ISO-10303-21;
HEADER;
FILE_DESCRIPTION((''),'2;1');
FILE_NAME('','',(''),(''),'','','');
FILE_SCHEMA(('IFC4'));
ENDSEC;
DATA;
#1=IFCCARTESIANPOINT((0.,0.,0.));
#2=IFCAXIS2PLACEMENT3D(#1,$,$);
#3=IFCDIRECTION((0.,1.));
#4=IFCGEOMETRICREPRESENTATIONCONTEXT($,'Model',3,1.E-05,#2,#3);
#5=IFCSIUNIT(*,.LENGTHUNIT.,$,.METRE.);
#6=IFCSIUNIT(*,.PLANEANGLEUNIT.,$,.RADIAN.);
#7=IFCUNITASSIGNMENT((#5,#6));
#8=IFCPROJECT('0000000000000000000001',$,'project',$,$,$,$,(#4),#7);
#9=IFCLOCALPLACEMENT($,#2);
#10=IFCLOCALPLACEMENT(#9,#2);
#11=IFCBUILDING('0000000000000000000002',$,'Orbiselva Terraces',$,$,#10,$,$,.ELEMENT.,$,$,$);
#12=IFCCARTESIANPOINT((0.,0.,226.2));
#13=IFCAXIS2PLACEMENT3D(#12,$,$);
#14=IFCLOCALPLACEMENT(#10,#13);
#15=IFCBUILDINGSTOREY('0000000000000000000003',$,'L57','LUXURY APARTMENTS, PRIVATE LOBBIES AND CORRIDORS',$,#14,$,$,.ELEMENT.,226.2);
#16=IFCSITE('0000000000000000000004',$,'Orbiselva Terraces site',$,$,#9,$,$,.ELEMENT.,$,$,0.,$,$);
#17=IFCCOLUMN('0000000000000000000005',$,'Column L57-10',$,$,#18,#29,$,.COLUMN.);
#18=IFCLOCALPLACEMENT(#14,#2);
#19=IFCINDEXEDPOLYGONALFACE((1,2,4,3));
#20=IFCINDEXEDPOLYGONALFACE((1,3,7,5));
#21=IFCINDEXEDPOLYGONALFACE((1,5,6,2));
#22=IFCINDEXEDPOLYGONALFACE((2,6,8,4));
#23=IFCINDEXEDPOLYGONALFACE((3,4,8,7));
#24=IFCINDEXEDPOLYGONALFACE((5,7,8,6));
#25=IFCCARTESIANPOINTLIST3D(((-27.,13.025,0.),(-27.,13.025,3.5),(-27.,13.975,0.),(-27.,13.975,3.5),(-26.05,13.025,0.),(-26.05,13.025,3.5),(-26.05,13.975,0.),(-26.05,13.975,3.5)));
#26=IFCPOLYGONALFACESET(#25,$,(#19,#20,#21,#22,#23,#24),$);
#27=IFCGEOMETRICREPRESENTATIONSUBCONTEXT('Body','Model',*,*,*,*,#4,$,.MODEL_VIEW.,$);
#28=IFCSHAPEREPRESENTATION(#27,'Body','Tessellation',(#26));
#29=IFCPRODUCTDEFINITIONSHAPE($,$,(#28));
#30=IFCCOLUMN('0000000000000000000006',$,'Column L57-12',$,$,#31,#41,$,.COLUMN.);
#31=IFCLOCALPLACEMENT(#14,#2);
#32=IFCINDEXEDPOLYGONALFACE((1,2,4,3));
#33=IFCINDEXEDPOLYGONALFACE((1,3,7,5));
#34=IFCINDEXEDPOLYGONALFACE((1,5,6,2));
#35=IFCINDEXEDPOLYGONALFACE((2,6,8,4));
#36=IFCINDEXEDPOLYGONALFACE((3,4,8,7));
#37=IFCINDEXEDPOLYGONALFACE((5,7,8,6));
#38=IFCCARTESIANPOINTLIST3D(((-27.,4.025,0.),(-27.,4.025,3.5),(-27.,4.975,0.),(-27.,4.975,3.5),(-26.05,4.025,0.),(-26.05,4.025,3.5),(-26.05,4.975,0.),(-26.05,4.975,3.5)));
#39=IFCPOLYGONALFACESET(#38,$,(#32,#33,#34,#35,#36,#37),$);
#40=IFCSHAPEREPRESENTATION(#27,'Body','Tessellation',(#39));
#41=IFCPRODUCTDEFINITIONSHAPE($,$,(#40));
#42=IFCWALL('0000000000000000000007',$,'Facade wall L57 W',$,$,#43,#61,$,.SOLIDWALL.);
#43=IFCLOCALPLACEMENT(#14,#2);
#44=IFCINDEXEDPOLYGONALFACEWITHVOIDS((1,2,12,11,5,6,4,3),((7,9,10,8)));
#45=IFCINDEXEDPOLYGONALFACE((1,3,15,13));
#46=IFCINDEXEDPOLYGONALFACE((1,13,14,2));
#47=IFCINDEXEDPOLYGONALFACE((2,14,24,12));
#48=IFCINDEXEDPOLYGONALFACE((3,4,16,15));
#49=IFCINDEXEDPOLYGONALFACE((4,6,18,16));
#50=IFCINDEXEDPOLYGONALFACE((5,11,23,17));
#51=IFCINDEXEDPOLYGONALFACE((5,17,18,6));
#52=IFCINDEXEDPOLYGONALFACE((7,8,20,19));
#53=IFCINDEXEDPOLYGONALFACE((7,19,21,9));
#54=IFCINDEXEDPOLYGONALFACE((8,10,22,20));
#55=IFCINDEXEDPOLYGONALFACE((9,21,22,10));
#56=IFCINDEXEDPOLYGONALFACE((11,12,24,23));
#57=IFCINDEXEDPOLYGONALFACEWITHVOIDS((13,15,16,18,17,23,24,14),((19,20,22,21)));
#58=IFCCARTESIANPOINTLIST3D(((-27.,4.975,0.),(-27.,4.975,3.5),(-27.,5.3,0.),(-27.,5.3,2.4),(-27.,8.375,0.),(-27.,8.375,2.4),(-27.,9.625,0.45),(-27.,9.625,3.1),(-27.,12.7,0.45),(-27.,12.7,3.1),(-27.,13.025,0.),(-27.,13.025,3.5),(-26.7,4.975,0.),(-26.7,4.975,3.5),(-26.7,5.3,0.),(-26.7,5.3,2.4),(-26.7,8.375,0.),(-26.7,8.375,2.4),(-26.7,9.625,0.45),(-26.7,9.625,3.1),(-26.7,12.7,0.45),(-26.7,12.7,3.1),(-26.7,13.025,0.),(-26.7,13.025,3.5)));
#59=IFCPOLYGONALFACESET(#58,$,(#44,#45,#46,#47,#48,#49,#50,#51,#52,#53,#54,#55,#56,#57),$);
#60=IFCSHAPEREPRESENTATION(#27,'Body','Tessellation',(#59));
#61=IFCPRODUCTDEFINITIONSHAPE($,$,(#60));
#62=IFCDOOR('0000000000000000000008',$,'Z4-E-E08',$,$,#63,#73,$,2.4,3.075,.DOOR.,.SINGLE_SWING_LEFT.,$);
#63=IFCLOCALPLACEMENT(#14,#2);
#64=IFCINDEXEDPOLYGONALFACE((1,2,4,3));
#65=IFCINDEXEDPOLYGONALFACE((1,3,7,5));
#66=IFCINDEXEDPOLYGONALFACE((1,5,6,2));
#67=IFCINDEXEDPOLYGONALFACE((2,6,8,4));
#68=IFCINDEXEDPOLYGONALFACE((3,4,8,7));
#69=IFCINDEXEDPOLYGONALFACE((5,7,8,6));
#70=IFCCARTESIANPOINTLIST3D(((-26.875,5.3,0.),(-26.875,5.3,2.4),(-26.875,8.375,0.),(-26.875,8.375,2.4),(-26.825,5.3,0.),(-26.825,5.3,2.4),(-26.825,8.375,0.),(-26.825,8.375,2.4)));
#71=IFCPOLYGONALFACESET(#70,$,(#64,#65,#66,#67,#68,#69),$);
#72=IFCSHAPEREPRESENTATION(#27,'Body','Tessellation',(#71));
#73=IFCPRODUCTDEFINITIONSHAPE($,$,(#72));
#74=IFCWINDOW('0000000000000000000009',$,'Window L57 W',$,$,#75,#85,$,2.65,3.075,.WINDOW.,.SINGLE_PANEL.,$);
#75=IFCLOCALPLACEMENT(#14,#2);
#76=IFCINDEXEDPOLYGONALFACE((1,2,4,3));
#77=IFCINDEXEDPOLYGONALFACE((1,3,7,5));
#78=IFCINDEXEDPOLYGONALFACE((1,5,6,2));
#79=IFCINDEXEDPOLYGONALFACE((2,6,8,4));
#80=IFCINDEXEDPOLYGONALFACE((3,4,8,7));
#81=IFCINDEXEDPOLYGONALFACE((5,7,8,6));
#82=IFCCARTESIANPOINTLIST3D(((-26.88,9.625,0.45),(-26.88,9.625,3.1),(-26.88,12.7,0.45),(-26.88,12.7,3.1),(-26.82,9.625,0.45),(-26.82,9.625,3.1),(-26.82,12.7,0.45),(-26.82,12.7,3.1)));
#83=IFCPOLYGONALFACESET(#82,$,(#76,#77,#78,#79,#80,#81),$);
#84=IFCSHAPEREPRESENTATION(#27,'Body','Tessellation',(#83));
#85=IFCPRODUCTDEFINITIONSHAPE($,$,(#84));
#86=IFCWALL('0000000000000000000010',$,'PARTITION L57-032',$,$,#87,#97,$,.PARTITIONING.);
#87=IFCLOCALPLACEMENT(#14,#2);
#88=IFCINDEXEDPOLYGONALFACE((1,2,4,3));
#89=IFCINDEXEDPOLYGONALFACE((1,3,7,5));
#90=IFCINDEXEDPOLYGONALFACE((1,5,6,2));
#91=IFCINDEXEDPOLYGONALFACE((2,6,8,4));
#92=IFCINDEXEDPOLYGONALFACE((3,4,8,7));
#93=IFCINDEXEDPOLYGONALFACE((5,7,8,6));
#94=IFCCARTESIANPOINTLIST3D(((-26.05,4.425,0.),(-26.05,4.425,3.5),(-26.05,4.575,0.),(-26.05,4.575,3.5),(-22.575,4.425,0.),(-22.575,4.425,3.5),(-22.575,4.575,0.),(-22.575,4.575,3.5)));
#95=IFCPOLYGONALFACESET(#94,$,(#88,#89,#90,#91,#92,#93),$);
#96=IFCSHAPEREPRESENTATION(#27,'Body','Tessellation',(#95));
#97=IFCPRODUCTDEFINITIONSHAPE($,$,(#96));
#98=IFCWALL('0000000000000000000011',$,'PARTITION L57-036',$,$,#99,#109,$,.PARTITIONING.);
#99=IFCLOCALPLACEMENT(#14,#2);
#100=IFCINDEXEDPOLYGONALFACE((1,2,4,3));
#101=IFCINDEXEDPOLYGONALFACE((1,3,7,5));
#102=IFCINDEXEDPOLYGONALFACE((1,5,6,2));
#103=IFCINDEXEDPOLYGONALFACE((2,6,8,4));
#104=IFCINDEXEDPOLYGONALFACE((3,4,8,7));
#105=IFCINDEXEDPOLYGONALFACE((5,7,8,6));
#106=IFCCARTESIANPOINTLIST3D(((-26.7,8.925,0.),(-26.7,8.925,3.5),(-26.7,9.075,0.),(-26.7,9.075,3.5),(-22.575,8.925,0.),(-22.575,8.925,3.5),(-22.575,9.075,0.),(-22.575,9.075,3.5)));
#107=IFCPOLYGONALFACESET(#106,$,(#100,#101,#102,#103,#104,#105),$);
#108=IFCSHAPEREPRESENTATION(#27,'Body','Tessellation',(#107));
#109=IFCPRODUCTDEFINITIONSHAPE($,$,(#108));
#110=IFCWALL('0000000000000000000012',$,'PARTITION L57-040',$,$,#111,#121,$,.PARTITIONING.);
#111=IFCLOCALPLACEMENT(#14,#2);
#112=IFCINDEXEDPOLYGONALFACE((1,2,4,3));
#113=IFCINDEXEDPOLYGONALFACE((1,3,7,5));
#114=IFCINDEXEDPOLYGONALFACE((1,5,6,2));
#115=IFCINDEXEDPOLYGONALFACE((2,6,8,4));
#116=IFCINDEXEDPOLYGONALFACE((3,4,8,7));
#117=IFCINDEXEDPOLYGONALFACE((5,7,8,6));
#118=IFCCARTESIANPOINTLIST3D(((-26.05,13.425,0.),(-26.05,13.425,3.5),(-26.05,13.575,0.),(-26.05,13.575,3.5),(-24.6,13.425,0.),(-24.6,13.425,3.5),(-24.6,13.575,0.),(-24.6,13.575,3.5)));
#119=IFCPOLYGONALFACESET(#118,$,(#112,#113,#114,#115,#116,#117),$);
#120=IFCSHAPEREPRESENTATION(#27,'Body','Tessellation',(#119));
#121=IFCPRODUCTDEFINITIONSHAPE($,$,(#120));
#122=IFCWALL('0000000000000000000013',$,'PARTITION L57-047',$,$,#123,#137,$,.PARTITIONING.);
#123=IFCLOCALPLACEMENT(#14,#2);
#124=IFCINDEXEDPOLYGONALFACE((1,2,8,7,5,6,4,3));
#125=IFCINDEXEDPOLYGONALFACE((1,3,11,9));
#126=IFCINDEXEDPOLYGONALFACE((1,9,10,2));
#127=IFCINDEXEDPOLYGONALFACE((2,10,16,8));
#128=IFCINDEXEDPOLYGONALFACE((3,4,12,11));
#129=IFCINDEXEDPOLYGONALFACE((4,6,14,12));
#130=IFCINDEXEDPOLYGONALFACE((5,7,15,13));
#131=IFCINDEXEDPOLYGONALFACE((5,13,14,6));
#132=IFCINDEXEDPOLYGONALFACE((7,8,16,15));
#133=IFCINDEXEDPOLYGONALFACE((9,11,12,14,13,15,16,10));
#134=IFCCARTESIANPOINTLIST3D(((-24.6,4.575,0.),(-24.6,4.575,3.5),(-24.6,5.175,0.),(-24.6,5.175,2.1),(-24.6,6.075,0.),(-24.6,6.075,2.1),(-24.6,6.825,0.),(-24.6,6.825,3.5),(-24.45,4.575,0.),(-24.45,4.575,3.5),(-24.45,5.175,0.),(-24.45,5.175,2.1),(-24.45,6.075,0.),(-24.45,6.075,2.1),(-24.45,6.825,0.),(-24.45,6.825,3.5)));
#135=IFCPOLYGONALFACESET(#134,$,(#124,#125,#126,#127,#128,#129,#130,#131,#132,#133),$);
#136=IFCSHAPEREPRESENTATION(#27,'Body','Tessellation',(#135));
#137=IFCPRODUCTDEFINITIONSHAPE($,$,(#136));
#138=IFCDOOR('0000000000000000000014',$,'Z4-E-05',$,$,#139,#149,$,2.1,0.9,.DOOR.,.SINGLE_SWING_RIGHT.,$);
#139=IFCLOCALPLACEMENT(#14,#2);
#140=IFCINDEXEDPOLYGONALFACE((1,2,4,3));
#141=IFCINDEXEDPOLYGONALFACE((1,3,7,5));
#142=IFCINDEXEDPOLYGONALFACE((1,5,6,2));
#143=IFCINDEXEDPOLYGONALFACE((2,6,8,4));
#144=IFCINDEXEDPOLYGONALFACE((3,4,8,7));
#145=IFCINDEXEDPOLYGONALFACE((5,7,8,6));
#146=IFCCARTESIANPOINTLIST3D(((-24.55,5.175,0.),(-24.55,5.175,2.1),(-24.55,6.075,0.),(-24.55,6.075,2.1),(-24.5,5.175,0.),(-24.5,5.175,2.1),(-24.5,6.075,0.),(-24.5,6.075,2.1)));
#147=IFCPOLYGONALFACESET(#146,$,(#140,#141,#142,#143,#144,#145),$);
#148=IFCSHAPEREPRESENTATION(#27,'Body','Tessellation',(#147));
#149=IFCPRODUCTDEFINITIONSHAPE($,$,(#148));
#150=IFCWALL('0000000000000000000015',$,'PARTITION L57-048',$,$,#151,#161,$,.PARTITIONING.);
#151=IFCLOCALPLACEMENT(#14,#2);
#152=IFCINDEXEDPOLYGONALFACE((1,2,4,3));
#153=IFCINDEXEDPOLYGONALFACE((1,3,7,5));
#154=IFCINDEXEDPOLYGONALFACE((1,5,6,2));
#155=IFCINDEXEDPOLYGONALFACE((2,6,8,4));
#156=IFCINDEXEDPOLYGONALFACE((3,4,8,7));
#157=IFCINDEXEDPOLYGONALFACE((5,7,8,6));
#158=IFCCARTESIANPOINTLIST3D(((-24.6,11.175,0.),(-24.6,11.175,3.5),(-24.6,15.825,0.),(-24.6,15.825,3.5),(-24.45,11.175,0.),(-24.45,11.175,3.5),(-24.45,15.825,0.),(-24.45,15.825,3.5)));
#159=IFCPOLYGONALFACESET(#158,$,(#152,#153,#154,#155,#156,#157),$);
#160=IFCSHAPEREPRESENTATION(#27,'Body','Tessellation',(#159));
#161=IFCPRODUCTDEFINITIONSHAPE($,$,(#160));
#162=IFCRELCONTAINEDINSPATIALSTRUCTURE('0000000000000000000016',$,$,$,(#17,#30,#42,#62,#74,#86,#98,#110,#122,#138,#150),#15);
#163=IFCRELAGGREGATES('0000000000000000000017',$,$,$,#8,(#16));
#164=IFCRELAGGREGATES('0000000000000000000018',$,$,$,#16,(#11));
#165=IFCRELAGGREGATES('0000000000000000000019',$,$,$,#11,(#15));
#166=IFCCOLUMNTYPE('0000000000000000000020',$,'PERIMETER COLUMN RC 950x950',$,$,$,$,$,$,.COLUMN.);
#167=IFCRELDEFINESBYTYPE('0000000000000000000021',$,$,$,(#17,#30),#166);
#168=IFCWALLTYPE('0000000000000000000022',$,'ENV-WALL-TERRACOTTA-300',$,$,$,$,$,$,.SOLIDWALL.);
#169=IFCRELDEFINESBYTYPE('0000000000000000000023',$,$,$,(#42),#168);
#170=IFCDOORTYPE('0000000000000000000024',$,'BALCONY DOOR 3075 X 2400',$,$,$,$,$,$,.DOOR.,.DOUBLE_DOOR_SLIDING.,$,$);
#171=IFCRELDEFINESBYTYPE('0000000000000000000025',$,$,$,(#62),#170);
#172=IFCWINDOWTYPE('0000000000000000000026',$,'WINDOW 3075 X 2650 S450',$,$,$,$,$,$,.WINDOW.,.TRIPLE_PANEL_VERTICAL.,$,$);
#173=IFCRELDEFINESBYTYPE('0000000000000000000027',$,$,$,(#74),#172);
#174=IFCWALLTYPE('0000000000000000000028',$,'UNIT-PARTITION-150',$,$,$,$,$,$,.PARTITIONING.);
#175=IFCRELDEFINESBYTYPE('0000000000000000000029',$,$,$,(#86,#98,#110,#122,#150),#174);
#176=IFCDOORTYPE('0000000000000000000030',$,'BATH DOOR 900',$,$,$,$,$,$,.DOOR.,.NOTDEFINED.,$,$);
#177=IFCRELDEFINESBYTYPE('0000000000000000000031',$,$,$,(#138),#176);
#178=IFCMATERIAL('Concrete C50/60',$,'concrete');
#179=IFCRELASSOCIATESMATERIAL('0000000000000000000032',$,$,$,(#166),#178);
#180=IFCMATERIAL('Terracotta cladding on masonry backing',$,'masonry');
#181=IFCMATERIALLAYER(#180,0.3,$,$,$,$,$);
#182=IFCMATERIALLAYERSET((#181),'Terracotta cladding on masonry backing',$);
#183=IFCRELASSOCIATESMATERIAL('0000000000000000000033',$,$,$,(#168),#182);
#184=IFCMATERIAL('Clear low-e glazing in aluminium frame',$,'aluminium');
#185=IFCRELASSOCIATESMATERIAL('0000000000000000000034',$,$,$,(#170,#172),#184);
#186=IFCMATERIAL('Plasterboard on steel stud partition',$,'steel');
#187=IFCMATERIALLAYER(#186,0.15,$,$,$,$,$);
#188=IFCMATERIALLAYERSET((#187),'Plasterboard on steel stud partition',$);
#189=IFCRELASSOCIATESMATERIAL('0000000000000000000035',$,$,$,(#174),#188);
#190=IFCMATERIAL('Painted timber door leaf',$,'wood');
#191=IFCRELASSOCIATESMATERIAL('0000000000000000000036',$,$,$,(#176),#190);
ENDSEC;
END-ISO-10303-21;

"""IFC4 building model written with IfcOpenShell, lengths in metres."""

from ifc_helpers import new_model, si_unit, direction, frame, frame_2d, origin, origin_2d, place, context, subcontext, project, spatial, rectangle, extrude, material, layer, layer_set, material_profile, profile_set, type_object, element, fill, save


model = new_model("IFC4")

# Units and contexts
model_context = context("Model", 3, precision=1e-05, world=origin(), true_north=direction((0.0, 1.0)))
body_context = subcontext(model_context, "Body", "Model", "MODEL_VIEW")
ifc_project = project(units=[si_unit("LENGTHUNIT", "METRE"), si_unit("PLANEANGLEUNIT", "RADIAN")], contexts=[model_context])

# Site, building, storey
site_placement = place(None, origin())
site = spatial("IfcSite", under=ifc_project, at=site_placement, Name="Orbiselva Terraces site", CompositionType="ELEMENT", RefElevation=0.0)
building_placement = place(site_placement, origin())
building = spatial("IfcBuilding", under=site, at=building_placement, Name="Orbiselva Terraces", CompositionType="ELEMENT")
storey_placement = place(building_placement, frame((0.0, 0.0, 226.2)))
storey = spatial("IfcBuildingStorey", under=building, at=storey_placement, Name="L57", Description="LUXURY APARTMENTS, PRIVATE LOBBIES AND CORRIDORS", CompositionType="ELEMENT", Elevation=226.2)

# Columns
ifc_material_1 = material(Name="Concrete C50/60", Category="concrete")
ifc_material_profile = material_profile(ifc_material_1, rectangle(XDim=0.95, YDim=0.95, at=origin_2d()), Name="RC 950x950")
ifc_profile_set = profile_set([ifc_material_profile], Name="Concrete C50/60")
column_type = type_object("IfcColumnType", Name="PERIMETER COLUMN RC 950x950", PredefinedType="COLUMN", material=ifc_profile_set)
for number, where, z_axis, x_axis, name in (
    (1, (-26.525, 13.5, 0.0), (0.0, 0.0, 1.0), (1.0, 0.0, 0.0), "Column L57-10"),
    (2, (-26.525, 4.5, 0.0), (0.0, 0.0, 1.0), (1.0, 0.0, 0.0), "Column L57-12"),
):
    element("IfcColumn", number, at=place(storey_placement, frame(where, z_axis=z_axis, x_axis=x_axis)), inside=storey, type_object=column_type, Name=name, PredefinedType="COLUMN", context=body_context, shape_type="SweptSolid", body=[
        extrude(rectangle(XDim=0.95, YDim=0.95, at=origin_2d()), origin(), (0.0, 0.0, 1.0), 3.5),
    ])

# Wall, openings, door, window
ifc_material_2 = material(Name="Terracotta cladding on masonry backing", Category="masonry")
ifc_layer_1 = layer(ifc_material_2, 0.3)
ifc_layer_set_1 = layer_set([ifc_layer_1], Name="Terracotta cladding on masonry backing")
wall_type_1 = type_object("IfcWallType", Name="ENV-WALL-TERRACOTTA-300", PredefinedType="SOLIDWALL", material=ifc_layer_set_1)
wall_1_placement = place(storey_placement, frame((-26.85, 4.975, 0.0), z_axis=(0.0, 0.0, 1.0), x_axis=(0.0, 1.0, 0.0)))
wall_1 = element("IfcWall", 3, at=wall_1_placement, inside=storey, type_object=wall_type_1, Name="Facade wall L57 W", PredefinedType="SOLIDWALL", context=body_context, shape_type="SweptSolid", body=[
    extrude(rectangle(XDim=8.05, YDim=0.3, at=frame_2d((4.025, 0.0))), origin(), (0.0, 0.0, 1.0), 3.5),
])
opening_1_placement = place(wall_1_placement, frame((4.65, 0.0, 0.45)))
opening_1 = element("IfcOpeningElement", 4, at=opening_1_placement, cuts=wall_1, PredefinedType="OPENING", context=body_context, shape_type="SweptSolid", body=[
    extrude(rectangle(XDim=3.075, YDim=2.65, at=frame_2d((1.5375, 1.325))), frame((0.0, 0.16, 0.0), z_axis=(0.0, -1.0, 0.0), x_axis=(1.0, 0.0, 0.0)), (0.0, 0.0, 1.0), 0.32),
])
opening_2_placement = place(wall_1_placement, frame((0.325, 0.0, 0.0)))
opening_2 = element("IfcOpeningElement", 5, at=opening_2_placement, cuts=wall_1, PredefinedType="OPENING", context=body_context, shape_type="SweptSolid", body=[
    extrude(rectangle(XDim=3.075, YDim=2.4, at=frame_2d((1.5375, 1.2))), frame((0.0, 0.16, 0.0), z_axis=(0.0, -1.0, 0.0), x_axis=(1.0, 0.0, 0.0)), (0.0, 0.0, 1.0), 0.32),
])
ifc_material_3 = material(Name="Clear low-e glazing in aluminium frame", Category="aluminium")
door_type_1 = type_object("IfcDoorType", Name="BALCONY DOOR 3075 X 2400", OperationType="DOUBLE_DOOR_SLIDING", PredefinedType="DOOR", material=ifc_material_3)
door_1_placement = place(opening_2_placement, origin())
door_1 = element("IfcDoor", 6, at=door_1_placement, inside=storey, type_object=door_type_1, Name="Z4-E-E08", OperationType="SINGLE_SWING_LEFT", OverallHeight=2.4, OverallWidth=3.075, PredefinedType="DOOR", context=body_context, shape_type="SweptSolid", body=[
    extrude(rectangle(XDim=3.075, YDim=2.4, at=frame_2d((1.5375, 1.2))), frame((0.0, 0.025, 0.0), z_axis=(0.0, -1.0, 0.0), x_axis=(1.0, 0.0, 0.0)), (0.0, 0.0, 1.0), 0.05),
])
fill(opening_2, door_1)
window_type = type_object("IfcWindowType", Name="WINDOW 3075 X 2650 S450", PartitioningType="TRIPLE_PANEL_VERTICAL", PredefinedType="WINDOW", material=ifc_material_3)
window_placement = place(opening_1_placement, origin())
window = element("IfcWindow", 7, at=window_placement, inside=storey, type_object=window_type, Name="Window L57 W", OverallHeight=2.65, OverallWidth=3.075, PartitioningType="SINGLE_PANEL", PredefinedType="WINDOW", context=body_context, shape_type="SweptSolid", body=[
    extrude(rectangle(XDim=3.075, YDim=2.65, at=frame_2d((1.5375, 1.325))), frame((0.0, 0.03, 0.0), z_axis=(0.0, -1.0, 0.0), x_axis=(1.0, 0.0, 0.0)), (0.0, 0.0, 1.0), 0.06),
])
fill(opening_1, window)

# Walls
ifc_material_4 = material(Name="Plasterboard on steel stud partition", Category="steel")
ifc_layer_2 = layer(ifc_material_4, 0.15)
ifc_layer_set_2 = layer_set([ifc_layer_2], Name="Plasterboard on steel stud partition")
wall_type_2 = type_object("IfcWallType", Name="UNIT-PARTITION-150", PredefinedType="PARTITIONING", material=ifc_layer_set_2)
wall_2_placement = place(storey_placement, frame((-26.05, 4.5, 0.0), z_axis=(0.0, 0.0, 1.0), x_axis=(1.0, 0.0, 0.0)))
element("IfcWall", 8, at=wall_2_placement, inside=storey, type_object=wall_type_2, Name="PARTITION L57-032", PredefinedType="PARTITIONING", context=body_context, shape_type="SweptSolid", body=[
    extrude(rectangle(XDim=3.475, YDim=0.15, at=frame_2d((1.7375, 0.0))), origin(), (0.0, 0.0, 1.0), 3.5),
])
wall_3_placement = place(storey_placement, frame((-26.7, 9.0, 0.0), z_axis=(0.0, 0.0, 1.0), x_axis=(1.0, 0.0, 0.0)))
element("IfcWall", 9, at=wall_3_placement, inside=storey, type_object=wall_type_2, Name="PARTITION L57-036", PredefinedType="PARTITIONING", context=body_context, shape_type="SweptSolid", body=[
    extrude(rectangle(XDim=4.125, YDim=0.15, at=frame_2d((2.0625, 0.0))), origin(), (0.0, 0.0, 1.0), 3.5),
])
wall_4_placement = place(storey_placement, frame((-26.05, 13.5, 0.0), z_axis=(0.0, 0.0, 1.0), x_axis=(1.0, 0.0, 0.0)))
element("IfcWall", 10, at=wall_4_placement, inside=storey, type_object=wall_type_2, Name="PARTITION L57-040", PredefinedType="PARTITIONING", context=body_context, shape_type="SweptSolid", body=[
    extrude(rectangle(XDim=1.45, YDim=0.15, at=frame_2d((0.725, 0.0))), origin(), (0.0, 0.0, 1.0), 3.5),
])

# Wall, opening, door
wall_5_placement = place(storey_placement, frame((-24.525, 6.825, 0.0), z_axis=(0.0, 0.0, 1.0), x_axis=(0.0, -1.0, 0.0)))
wall_5 = element("IfcWall", 11, at=wall_5_placement, inside=storey, type_object=wall_type_2, Name="PARTITION L57-047", PredefinedType="PARTITIONING", context=body_context, shape_type="SweptSolid", body=[
    extrude(rectangle(XDim=2.25, YDim=0.15, at=frame_2d((1.125, 0.0))), origin(), (0.0, 0.0, 1.0), 3.5),
])
opening_3_placement = place(wall_5_placement, frame((0.75, 0.0, 0.0)))
opening_3 = element("IfcOpeningElement", 12, at=opening_3_placement, cuts=wall_5, PredefinedType="OPENING", context=body_context, shape_type="SweptSolid", body=[
    extrude(rectangle(XDim=0.9, YDim=2.1, at=frame_2d((0.45, 1.05))), frame((0.0, 0.085, 0.0), z_axis=(0.0, -1.0, 0.0), x_axis=(1.0, 0.0, 0.0)), (0.0, 0.0, 1.0), 0.17),
])
ifc_material_5 = material(Name="Painted timber door leaf", Category="wood")
door_type_2 = type_object("IfcDoorType", Name="BATH DOOR 900", OperationType="NOTDEFINED", PredefinedType="DOOR", material=ifc_material_5)
door_2_placement = place(opening_3_placement, origin())
door_2 = element("IfcDoor", 13, at=door_2_placement, inside=storey, type_object=door_type_2, Name="Z4-E-05", OperationType="SINGLE_SWING_RIGHT", OverallHeight=2.1, OverallWidth=0.9, PredefinedType="DOOR", context=body_context, shape_type="SweptSolid", body=[
    extrude(rectangle(XDim=0.9, YDim=2.1, at=frame_2d((0.45, 1.05))), frame((0.0, 0.025, 0.0), z_axis=(0.0, -1.0, 0.0), x_axis=(1.0, 0.0, 0.0)), (0.0, 0.0, 1.0), 0.05),
])
fill(opening_3, door_2)

# Wall
wall_6_placement = place(storey_placement, frame((-24.525, 11.175, 0.0), z_axis=(0.0, 0.0, 1.0), x_axis=(0.0, 1.0, 0.0)))
element("IfcWall", 14, at=wall_6_placement, inside=storey, type_object=wall_type_2, Name="PARTITION L57-048", PredefinedType="PARTITIONING", context=body_context, shape_type="SweptSolid", body=[
    extrude(rectangle(XDim=4.65, YDim=0.15, at=frame_2d((2.325, 0.0))), origin(), (0.0, 0.0, 1.0), 3.5),
])

save(model, "model.ifc")
